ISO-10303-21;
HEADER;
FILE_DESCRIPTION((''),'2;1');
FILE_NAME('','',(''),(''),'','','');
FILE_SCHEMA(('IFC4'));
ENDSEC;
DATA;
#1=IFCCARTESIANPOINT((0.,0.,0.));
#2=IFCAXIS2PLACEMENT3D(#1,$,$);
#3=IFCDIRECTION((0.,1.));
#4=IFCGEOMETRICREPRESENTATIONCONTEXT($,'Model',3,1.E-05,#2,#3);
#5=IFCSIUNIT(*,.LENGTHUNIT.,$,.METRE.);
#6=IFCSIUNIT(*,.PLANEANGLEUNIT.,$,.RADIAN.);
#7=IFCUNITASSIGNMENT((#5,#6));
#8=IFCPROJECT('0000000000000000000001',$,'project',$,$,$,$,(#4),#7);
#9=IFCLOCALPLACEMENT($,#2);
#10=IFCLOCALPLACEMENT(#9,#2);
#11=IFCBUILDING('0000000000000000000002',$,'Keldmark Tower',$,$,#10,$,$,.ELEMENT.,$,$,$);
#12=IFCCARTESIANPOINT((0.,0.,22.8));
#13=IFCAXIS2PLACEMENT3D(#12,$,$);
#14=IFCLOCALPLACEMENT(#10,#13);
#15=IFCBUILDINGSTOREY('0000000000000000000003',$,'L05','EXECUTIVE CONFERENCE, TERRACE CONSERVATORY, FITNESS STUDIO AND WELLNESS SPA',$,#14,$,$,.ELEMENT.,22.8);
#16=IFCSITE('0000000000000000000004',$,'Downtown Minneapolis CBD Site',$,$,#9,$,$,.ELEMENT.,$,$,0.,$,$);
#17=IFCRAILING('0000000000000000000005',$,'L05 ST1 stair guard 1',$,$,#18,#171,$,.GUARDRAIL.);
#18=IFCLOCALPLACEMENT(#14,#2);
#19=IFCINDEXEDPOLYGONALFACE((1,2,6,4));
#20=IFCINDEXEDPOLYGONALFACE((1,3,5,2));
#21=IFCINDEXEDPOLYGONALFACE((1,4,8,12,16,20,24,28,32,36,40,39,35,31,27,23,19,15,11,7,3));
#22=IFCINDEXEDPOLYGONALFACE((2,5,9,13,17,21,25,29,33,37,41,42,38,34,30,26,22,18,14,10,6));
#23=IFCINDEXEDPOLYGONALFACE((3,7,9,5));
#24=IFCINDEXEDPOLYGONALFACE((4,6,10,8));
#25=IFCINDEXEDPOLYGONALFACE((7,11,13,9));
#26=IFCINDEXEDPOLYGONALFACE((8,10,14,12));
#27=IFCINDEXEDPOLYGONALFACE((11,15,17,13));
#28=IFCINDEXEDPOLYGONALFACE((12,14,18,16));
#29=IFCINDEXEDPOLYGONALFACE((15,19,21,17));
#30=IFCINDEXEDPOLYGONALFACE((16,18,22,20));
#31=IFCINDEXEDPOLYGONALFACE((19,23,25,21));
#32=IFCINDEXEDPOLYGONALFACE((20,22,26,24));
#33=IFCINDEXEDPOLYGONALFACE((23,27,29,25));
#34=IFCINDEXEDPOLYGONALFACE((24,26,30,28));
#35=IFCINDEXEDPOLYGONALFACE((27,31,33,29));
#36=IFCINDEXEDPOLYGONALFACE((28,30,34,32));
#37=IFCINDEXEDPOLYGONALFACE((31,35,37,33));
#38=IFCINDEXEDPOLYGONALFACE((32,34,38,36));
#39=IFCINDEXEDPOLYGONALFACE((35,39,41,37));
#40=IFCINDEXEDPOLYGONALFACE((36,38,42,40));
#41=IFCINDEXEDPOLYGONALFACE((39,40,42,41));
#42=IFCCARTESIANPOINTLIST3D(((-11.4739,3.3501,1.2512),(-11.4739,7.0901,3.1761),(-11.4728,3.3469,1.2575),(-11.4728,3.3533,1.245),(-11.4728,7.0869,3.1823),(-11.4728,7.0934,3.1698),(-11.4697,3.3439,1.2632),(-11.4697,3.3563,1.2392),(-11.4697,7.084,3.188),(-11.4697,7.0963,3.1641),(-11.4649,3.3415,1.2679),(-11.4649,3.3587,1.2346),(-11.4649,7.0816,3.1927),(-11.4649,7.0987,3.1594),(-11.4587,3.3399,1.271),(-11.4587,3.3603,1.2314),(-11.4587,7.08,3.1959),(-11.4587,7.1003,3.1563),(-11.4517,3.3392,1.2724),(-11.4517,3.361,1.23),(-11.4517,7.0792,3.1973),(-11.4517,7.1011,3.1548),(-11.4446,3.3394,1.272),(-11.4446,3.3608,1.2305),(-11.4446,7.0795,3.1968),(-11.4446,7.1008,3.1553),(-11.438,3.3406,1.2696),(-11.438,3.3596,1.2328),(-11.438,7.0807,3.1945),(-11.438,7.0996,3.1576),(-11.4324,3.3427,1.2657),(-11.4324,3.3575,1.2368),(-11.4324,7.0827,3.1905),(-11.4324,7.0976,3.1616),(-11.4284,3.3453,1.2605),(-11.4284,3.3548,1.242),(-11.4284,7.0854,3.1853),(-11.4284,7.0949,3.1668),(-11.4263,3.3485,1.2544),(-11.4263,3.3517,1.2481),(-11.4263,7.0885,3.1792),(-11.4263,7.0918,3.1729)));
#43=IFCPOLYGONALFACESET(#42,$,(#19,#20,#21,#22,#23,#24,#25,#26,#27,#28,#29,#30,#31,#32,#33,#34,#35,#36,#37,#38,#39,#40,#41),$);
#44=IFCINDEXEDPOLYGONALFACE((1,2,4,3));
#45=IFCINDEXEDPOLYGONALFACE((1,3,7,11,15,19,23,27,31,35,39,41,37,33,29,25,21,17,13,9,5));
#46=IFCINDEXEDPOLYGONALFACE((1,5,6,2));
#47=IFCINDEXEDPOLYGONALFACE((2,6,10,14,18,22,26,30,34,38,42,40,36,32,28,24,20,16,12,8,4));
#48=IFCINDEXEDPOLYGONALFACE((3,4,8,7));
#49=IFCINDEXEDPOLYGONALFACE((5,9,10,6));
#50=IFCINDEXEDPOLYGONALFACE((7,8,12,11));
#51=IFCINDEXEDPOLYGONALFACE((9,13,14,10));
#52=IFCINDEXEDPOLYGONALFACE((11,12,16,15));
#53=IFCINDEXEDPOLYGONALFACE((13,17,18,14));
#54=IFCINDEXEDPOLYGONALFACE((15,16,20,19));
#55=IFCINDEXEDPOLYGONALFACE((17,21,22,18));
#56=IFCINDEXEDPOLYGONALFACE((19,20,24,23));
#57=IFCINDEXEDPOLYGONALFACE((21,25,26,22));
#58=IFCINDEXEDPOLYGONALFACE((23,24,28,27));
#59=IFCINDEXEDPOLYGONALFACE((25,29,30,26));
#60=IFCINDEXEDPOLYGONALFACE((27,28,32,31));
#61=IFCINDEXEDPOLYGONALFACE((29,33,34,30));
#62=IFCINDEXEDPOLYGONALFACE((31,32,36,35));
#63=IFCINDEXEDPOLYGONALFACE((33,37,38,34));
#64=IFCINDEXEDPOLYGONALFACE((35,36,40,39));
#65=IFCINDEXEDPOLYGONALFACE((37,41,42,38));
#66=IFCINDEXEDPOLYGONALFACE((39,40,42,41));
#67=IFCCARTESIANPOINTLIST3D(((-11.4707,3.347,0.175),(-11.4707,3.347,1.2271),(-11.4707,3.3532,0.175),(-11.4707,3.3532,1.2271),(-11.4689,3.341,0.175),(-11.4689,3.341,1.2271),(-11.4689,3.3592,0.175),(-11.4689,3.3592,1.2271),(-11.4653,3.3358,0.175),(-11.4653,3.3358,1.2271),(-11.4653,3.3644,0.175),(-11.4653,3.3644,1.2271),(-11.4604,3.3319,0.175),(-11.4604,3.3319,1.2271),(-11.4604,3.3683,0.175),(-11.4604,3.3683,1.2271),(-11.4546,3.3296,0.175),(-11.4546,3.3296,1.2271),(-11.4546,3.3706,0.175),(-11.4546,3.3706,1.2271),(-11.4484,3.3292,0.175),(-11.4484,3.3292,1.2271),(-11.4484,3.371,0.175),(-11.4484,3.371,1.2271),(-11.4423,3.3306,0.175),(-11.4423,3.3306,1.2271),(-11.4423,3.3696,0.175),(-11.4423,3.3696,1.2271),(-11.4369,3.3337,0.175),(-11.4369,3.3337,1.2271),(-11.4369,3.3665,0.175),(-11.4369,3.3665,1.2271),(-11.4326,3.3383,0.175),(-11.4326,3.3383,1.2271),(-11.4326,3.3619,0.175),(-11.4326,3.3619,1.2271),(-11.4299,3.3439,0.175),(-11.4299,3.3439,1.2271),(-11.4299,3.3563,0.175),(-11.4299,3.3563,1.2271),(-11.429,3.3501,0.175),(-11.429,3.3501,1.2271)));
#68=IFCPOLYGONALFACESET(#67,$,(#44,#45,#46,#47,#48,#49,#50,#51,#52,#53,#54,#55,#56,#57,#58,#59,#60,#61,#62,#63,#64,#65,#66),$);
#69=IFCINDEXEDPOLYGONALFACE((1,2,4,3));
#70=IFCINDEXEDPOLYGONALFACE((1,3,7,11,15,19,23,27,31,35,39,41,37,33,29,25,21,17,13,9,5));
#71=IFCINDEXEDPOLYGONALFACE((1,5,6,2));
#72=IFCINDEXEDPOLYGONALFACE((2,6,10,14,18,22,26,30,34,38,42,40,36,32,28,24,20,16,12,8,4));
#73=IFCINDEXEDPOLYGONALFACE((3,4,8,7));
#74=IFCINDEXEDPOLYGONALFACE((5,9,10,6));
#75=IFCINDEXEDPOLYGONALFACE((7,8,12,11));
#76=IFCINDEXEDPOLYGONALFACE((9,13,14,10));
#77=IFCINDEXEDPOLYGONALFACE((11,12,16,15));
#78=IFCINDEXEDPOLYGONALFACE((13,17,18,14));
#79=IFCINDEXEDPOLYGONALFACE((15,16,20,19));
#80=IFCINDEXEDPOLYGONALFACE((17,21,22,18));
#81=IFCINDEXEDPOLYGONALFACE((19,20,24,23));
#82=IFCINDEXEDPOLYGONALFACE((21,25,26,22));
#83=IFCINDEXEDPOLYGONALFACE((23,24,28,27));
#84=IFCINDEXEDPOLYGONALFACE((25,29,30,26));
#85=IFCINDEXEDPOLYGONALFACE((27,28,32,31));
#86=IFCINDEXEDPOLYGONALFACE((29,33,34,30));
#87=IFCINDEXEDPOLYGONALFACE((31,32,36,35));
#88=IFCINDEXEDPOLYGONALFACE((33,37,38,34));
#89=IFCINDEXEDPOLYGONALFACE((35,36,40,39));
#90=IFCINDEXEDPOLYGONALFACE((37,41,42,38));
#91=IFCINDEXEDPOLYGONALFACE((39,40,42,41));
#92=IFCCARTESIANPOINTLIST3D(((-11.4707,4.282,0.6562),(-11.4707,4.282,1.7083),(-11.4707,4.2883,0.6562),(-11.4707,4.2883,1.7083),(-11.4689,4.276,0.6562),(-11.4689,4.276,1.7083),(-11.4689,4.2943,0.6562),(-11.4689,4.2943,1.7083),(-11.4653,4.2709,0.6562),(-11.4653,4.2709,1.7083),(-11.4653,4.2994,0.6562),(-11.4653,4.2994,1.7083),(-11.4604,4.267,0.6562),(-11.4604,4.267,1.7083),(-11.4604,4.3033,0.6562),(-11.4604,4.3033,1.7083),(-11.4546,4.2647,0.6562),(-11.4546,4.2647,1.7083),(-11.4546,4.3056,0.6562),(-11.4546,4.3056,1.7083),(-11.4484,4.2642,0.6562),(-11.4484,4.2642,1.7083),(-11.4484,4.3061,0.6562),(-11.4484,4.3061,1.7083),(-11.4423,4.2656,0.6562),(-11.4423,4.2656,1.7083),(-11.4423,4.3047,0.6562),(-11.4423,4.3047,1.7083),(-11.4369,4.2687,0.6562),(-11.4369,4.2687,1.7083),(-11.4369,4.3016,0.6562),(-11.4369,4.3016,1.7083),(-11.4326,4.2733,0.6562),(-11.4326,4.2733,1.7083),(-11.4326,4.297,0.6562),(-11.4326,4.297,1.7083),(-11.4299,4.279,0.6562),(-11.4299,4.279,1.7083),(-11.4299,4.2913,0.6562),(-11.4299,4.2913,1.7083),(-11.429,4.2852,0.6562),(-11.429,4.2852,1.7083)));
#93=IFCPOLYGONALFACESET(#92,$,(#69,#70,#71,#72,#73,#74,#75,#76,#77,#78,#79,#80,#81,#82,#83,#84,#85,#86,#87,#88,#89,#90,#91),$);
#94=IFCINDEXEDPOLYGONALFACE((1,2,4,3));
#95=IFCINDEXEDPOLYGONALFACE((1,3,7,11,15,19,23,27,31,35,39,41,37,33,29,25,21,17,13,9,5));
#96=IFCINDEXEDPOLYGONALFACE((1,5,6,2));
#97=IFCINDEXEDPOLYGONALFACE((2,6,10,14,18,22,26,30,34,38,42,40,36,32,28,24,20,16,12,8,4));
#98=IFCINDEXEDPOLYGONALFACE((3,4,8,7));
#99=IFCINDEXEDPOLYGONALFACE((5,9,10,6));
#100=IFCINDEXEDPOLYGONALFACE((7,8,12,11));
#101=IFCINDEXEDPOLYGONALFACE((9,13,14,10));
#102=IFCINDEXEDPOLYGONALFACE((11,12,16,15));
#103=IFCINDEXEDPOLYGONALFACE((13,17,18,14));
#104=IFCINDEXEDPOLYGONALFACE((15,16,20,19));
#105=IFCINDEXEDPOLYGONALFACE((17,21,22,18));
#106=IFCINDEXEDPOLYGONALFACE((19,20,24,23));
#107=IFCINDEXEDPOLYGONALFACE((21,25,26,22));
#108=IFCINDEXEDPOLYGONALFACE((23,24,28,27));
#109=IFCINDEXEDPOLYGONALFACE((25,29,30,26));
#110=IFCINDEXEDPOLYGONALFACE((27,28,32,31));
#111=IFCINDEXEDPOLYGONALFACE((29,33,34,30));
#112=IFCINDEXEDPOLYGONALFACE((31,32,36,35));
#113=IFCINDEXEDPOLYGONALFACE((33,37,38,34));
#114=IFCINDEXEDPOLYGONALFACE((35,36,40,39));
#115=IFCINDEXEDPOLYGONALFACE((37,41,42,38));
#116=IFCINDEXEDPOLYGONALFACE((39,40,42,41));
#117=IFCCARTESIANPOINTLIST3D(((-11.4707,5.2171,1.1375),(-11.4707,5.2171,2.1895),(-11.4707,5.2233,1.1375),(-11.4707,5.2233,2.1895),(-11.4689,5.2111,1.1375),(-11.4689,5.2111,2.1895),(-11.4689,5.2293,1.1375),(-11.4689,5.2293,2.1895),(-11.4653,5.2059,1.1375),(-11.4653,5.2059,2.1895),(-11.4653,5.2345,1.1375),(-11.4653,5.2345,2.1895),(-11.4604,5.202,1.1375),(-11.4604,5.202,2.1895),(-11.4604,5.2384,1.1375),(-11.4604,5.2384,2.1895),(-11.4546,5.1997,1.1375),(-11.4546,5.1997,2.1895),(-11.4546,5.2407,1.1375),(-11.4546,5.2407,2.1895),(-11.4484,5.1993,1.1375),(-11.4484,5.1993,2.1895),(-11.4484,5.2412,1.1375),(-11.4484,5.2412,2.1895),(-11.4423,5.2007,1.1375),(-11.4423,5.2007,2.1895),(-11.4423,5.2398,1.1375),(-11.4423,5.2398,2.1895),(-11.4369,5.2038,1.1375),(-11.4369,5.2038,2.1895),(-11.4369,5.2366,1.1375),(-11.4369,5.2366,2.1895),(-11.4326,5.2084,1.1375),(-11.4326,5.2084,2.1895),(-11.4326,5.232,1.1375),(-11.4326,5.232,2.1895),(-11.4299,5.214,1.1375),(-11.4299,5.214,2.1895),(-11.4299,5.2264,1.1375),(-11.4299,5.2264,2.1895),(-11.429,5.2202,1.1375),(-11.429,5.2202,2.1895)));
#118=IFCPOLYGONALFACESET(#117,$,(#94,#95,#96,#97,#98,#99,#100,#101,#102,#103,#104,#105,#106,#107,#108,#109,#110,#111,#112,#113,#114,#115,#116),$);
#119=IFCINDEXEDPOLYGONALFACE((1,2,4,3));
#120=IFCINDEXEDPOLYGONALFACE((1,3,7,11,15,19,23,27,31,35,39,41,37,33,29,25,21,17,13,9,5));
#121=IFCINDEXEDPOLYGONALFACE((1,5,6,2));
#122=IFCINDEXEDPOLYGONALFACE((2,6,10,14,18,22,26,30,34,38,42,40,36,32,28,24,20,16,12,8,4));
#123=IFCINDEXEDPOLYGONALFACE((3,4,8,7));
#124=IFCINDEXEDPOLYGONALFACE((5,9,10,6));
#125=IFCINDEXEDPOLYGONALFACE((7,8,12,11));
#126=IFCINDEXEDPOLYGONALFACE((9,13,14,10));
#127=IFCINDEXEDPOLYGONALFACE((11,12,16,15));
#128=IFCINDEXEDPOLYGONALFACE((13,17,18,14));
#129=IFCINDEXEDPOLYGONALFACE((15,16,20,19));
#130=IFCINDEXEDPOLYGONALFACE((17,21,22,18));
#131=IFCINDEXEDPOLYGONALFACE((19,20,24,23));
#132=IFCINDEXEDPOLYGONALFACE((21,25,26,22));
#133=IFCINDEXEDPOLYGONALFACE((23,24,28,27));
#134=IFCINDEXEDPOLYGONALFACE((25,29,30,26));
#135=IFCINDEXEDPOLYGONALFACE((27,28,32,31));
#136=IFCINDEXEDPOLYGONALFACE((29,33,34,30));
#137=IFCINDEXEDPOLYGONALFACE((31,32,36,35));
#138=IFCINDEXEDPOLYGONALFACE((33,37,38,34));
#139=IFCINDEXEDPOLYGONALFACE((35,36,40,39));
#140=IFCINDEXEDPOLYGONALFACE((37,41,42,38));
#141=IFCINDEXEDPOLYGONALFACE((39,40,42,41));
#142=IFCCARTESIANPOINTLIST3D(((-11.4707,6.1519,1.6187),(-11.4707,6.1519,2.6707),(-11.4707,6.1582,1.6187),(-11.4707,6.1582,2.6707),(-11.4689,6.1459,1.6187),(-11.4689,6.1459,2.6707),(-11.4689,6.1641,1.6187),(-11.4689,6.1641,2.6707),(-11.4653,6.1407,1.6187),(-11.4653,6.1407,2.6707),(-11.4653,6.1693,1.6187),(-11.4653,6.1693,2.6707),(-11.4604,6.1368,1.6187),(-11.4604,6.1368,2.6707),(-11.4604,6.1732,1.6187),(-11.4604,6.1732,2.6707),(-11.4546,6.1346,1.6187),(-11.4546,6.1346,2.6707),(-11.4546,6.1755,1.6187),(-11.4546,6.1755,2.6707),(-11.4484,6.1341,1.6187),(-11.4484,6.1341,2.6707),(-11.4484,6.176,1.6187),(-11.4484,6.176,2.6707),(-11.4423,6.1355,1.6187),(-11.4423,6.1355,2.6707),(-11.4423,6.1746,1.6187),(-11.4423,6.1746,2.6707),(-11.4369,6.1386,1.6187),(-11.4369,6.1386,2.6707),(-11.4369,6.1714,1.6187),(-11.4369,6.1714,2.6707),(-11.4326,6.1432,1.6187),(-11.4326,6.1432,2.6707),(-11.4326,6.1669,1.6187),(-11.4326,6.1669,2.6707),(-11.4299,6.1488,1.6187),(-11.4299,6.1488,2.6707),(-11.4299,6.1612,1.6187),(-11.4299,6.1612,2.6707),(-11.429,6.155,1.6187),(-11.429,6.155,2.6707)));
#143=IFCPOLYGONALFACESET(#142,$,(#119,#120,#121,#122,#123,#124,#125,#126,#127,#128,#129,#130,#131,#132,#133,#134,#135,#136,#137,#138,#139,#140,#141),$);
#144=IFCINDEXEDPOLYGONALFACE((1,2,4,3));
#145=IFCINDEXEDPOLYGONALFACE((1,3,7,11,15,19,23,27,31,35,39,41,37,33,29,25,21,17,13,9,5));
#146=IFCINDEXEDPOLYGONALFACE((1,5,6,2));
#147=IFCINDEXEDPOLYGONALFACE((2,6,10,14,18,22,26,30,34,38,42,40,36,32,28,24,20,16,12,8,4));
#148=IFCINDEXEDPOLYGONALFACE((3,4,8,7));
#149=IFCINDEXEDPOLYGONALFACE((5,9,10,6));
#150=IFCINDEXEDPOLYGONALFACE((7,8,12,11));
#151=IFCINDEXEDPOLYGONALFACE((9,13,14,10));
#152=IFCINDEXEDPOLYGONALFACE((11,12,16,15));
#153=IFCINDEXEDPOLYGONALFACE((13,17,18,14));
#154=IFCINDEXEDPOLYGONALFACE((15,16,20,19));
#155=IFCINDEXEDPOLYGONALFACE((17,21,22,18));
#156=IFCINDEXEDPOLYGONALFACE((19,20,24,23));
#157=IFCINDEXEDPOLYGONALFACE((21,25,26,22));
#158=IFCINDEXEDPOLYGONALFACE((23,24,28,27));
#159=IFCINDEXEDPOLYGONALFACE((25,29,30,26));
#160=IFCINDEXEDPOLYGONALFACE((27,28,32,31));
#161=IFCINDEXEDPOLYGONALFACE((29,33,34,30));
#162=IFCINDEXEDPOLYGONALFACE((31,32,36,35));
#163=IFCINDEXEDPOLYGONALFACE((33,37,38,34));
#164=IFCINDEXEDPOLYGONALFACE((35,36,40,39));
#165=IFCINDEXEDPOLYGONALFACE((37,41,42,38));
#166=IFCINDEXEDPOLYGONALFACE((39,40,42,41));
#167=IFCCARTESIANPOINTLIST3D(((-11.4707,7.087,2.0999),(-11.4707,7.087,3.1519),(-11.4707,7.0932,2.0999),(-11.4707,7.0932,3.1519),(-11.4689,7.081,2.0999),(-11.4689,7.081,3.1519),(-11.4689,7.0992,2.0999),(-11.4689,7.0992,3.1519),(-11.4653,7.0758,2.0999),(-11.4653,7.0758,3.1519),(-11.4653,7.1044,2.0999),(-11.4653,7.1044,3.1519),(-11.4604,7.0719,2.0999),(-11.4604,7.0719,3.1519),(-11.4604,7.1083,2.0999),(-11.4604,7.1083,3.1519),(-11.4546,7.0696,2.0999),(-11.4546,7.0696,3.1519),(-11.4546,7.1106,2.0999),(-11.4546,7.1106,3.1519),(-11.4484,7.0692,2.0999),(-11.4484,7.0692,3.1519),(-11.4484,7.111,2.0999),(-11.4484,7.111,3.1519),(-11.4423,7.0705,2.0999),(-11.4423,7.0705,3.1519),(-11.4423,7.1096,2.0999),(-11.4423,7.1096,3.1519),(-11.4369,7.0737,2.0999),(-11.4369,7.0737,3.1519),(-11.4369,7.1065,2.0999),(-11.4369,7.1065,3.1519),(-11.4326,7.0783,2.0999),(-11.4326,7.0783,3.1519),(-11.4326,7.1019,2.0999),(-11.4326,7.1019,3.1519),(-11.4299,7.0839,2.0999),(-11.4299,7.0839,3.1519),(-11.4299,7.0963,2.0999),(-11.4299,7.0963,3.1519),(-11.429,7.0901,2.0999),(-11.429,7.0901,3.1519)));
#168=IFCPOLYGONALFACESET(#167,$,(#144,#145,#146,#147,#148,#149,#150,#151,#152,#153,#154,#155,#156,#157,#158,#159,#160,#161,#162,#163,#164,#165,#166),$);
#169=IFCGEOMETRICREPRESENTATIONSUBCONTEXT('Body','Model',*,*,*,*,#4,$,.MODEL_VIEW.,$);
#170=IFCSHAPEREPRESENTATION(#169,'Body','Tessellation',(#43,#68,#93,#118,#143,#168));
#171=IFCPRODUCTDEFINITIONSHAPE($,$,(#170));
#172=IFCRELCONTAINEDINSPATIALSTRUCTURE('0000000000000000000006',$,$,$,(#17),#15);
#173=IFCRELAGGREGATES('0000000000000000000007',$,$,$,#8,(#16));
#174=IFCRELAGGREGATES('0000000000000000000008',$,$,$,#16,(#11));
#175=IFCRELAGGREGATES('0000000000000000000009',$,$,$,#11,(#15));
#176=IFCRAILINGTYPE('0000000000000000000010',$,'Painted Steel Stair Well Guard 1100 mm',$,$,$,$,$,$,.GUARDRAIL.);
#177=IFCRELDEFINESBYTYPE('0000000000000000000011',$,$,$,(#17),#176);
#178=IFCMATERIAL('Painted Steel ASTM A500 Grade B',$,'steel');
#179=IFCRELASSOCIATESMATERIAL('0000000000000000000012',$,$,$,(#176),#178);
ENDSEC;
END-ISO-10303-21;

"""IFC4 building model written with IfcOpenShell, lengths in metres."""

from ifc_helpers import new_model, si_unit, direction, frame, origin, origin_2d, place, context, subcontext, project, spatial, circle, extrude, material, type_object, element, save


model = new_model("IFC4")

# Units and contexts
model_context = context("Model", 3, precision=1e-05, world=origin(), true_north=direction((0.0, 1.0)))
body_context = subcontext(model_context, "Body", "Model", "MODEL_VIEW")
ifc_project = project(units=[si_unit("LENGTHUNIT", "METRE"), si_unit("PLANEANGLEUNIT", "RADIAN")], contexts=[model_context])

# Site, building, storey
site_placement = place(None, origin())
site = spatial("IfcSite", under=ifc_project, at=site_placement, Name="Downtown Minneapolis CBD Site", CompositionType="ELEMENT", RefElevation=0.0)
building_placement = place(site_placement, origin())
building = spatial("IfcBuilding", under=site, at=building_placement, Name="Keldmark Tower", CompositionType="ELEMENT")
storey_placement = place(building_placement, frame((0.0, 0.0, 22.8)))
storey = spatial("IfcBuildingStorey", under=building, at=storey_placement, Name="L05", Description="EXECUTIVE CONFERENCE, TERRACE CONSERVATORY, FITNESS STUDIO AND WELLNESS SPA", CompositionType="ELEMENT", Elevation=22.8)

# Railing
ifc_material_1 = material(Name="Painted Steel ASTM A500 Grade B", Category="steel")
railing_type_1 = type_object("IfcRailingType", Name="Painted Steel Stair Well Guard 1100 mm", PredefinedType="GUARDRAIL", material=ifc_material_1)
railing_1_placement = place(storey_placement, frame((-11.45, 3.3501, 0.175)))
element("IfcRailing", 1, at=railing_1_placement, inside=storey, type_object=railing_type_1, Name="L05 ST1 stair guard 1", PredefinedType="GUARDRAIL", context=body_context, shape_type="SweptSolid", body=[
    extrude(circle(Radius=0.0239, at=origin_2d()), frame((0.0, 0.0, 1.0762), z_axis=(0.0, 0.889154, 0.457608), x_axis=(-1.0, 0.0, 0.0)), (0.0, 0.0, 1.0), 4.2063),
    extrude(circle(Radius=0.021, at=origin_2d()), origin(), (0.0, 0.0, 1.0), 1.052),
    extrude(circle(Radius=0.021, at=origin_2d()), frame((0.0, 0.9351, 0.4812)), (0.0, 0.0, 1.0), 1.052),
    extrude(circle(Radius=0.021, at=origin_2d()), frame((0.0, 1.8701, 0.9624)), (0.0, 0.0, 1.0), 1.052),
    extrude(circle(Radius=0.021, at=origin_2d()), frame((0.0, 2.8049, 1.4436)), (0.0, 0.0, 1.0), 1.052),
    extrude(circle(Radius=0.021, at=origin_2d()), frame((0.0, 3.74, 1.9248)), (0.0, 0.0, 1.0), 1.052),
])

save(model, "model.ifc")
